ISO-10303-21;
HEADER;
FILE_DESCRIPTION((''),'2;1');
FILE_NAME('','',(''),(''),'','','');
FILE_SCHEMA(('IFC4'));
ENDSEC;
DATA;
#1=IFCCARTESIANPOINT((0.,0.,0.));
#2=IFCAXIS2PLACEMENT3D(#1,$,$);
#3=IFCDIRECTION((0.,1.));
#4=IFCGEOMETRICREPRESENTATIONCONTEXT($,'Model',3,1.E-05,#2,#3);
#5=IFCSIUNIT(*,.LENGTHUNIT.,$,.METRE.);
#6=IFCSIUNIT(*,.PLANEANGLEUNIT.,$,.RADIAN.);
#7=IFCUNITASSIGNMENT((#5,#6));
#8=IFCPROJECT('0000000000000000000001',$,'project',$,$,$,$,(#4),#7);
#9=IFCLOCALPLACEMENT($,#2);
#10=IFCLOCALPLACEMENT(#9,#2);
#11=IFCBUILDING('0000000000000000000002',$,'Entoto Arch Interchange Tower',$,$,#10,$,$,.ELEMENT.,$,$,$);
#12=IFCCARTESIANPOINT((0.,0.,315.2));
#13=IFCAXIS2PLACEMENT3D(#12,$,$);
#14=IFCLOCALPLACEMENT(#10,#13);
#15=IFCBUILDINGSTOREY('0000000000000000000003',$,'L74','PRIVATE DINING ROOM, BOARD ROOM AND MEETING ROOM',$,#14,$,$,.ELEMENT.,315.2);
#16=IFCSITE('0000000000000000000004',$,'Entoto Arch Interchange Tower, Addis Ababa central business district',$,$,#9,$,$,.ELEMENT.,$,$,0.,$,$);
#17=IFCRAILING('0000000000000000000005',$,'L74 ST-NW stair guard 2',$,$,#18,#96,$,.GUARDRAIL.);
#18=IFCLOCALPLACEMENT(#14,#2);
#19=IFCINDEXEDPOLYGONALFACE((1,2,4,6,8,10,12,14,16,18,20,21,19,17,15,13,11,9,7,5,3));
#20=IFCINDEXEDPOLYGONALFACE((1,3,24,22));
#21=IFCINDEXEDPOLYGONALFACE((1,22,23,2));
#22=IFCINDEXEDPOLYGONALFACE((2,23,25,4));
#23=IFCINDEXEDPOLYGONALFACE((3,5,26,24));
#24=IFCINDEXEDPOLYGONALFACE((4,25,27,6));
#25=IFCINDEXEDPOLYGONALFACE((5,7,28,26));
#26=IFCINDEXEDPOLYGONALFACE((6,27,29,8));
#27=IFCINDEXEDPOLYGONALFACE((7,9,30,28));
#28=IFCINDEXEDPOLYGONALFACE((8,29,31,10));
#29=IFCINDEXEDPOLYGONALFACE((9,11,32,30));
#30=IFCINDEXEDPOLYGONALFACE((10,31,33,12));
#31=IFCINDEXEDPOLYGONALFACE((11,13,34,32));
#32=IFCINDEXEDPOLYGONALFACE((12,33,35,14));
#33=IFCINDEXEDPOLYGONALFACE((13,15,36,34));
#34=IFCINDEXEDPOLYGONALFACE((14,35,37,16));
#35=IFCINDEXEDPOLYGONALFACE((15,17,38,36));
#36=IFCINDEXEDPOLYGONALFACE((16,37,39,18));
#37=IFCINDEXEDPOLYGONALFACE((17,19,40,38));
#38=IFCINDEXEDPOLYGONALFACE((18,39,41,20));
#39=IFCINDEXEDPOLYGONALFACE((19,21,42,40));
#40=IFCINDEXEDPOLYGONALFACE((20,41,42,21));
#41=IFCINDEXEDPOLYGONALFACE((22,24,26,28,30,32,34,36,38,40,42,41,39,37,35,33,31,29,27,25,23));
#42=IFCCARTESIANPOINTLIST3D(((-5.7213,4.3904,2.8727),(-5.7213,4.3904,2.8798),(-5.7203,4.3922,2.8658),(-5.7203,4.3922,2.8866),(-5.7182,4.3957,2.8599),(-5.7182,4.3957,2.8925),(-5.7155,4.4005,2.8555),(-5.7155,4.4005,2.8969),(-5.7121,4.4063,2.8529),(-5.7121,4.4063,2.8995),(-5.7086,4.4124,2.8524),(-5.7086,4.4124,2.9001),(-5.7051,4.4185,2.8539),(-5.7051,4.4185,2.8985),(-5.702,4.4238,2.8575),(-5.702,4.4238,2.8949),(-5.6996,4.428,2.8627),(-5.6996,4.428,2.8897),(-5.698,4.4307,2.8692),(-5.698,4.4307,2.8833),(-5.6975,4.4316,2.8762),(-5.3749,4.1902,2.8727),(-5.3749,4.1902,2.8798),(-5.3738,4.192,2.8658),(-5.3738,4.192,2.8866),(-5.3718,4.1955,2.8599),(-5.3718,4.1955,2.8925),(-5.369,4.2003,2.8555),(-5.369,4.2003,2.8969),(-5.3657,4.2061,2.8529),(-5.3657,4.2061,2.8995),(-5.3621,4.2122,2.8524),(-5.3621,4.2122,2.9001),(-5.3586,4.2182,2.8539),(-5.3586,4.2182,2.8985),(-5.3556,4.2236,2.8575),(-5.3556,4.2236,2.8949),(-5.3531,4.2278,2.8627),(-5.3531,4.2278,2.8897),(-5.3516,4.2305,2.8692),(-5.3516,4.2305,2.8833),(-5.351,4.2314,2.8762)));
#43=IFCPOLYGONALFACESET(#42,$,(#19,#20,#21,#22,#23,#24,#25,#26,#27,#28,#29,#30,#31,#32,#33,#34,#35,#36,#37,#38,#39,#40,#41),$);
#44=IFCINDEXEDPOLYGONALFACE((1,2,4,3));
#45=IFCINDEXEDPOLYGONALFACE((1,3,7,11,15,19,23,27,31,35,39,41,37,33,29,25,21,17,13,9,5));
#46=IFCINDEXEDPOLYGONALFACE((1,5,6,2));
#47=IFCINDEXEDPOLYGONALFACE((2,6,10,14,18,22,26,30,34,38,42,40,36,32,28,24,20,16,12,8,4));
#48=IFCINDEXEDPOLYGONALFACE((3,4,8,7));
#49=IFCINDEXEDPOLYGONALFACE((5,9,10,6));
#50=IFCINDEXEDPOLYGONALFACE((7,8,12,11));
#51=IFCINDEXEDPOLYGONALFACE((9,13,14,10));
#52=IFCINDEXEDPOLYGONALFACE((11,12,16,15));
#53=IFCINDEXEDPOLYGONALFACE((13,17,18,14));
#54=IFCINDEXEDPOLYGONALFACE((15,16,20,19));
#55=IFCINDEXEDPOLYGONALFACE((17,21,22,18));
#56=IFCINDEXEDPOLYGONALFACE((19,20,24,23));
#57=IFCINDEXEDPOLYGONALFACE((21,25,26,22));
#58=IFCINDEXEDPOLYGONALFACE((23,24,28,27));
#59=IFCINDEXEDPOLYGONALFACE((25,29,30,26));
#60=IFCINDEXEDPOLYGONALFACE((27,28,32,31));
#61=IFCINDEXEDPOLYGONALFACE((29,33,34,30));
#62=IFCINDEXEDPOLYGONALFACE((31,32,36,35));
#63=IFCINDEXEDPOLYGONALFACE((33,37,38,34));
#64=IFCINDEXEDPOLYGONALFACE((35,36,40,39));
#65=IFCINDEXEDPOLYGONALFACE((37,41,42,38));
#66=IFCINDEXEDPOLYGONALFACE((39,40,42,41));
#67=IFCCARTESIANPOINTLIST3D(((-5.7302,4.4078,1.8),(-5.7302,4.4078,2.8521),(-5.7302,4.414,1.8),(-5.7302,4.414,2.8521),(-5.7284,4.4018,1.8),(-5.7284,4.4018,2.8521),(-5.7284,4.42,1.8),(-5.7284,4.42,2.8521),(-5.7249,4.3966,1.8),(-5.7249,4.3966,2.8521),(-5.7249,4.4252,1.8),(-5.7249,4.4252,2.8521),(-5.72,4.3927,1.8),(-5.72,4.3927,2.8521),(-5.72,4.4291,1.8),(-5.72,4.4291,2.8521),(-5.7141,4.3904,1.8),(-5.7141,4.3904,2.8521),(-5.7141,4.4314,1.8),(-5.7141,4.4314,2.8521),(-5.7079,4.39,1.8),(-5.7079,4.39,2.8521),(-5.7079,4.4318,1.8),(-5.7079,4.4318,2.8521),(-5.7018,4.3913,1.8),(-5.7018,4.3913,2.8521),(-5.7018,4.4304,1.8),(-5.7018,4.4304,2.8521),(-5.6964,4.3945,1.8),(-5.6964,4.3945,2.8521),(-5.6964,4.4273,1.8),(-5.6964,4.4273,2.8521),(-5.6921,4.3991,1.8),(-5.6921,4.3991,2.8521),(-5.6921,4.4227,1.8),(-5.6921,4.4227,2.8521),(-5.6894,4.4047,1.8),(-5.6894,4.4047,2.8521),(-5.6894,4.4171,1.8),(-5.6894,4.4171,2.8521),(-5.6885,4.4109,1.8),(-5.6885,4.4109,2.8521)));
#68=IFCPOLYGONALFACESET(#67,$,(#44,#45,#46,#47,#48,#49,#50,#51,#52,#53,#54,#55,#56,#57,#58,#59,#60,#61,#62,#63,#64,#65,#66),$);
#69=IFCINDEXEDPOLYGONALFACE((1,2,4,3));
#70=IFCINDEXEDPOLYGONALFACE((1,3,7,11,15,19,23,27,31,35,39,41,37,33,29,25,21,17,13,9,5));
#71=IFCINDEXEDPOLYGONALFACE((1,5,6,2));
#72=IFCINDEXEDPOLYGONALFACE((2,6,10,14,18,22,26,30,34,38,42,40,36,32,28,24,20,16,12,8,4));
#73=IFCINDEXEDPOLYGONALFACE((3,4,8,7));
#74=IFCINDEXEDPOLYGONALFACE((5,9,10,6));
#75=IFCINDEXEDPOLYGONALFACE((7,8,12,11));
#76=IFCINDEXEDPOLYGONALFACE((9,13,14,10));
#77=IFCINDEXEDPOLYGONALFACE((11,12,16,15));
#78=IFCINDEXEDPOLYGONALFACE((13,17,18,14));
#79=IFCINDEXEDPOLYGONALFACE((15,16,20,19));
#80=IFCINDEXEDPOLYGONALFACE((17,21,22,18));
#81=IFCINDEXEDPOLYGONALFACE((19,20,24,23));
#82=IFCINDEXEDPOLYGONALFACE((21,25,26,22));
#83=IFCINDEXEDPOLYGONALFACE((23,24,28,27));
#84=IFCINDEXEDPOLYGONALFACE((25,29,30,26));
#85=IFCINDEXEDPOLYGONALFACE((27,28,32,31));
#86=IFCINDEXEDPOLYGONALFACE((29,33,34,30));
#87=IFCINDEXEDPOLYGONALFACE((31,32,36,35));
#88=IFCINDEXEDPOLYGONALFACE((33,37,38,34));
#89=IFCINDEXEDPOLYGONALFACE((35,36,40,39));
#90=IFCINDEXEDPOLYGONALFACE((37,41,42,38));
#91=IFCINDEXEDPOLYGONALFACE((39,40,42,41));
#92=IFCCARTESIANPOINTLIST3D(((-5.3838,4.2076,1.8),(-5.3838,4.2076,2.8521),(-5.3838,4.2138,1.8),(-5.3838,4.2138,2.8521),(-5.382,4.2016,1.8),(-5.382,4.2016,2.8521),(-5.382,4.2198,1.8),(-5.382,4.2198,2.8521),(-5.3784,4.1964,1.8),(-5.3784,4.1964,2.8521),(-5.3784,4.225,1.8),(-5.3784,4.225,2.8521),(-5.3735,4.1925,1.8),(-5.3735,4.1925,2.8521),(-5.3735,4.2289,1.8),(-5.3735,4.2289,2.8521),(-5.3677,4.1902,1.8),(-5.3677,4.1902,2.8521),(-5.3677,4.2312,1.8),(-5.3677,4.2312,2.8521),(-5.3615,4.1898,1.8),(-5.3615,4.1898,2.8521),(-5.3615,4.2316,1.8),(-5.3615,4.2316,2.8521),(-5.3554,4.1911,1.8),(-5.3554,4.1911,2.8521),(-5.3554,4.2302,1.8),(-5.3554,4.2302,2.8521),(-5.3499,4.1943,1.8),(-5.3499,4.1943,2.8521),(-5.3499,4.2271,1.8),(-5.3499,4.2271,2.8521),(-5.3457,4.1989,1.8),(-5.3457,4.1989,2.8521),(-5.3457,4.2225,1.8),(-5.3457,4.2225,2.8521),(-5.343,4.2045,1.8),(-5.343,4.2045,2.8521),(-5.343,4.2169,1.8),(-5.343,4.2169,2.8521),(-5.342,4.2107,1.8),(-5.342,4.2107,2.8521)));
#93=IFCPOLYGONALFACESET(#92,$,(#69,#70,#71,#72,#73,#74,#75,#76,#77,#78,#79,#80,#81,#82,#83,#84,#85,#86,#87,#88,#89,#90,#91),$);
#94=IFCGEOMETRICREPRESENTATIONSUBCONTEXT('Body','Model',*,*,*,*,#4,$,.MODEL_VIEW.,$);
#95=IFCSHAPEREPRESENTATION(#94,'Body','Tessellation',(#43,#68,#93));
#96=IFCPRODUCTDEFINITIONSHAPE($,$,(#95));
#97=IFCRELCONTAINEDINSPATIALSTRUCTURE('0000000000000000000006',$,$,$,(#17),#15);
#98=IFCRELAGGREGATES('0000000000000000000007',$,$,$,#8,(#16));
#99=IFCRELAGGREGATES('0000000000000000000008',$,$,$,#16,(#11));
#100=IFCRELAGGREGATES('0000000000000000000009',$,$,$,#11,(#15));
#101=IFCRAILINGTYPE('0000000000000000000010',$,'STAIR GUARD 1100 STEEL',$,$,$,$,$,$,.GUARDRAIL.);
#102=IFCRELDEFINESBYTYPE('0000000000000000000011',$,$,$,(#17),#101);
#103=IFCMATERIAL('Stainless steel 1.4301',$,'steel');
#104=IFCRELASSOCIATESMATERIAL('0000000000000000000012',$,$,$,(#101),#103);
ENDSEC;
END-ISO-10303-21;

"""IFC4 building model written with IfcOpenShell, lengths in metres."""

from ifc_helpers import new_model, si_unit, direction, frame, origin, origin_2d, place, context, subcontext, project, spatial, circle, extrude, material, type_object, element, save


model = new_model("IFC4")

# Units and contexts
model_context = context("Model", 3, precision=1e-05, world=origin(), true_north=direction((0.0, 1.0)))
body_context = subcontext(model_context, "Body", "Model", "MODEL_VIEW")
ifc_project = project(units=[si_unit("LENGTHUNIT", "METRE"), si_unit("PLANEANGLEUNIT", "RADIAN")], contexts=[model_context])

# Site, building, storey
site_placement = place(None, origin())
site = spatial("IfcSite", under=ifc_project, at=site_placement, Name="Entoto Arch Interchange Tower, Addis Ababa central business district", CompositionType="ELEMENT", RefElevation=0.0)
building_placement = place(site_placement, origin())
building = spatial("IfcBuilding", under=site, at=building_placement, Name="Entoto Arch Interchange Tower", CompositionType="ELEMENT")
storey_placement = place(building_placement, frame((0.0, 0.0, 315.2)))
storey = spatial("IfcBuildingStorey", under=building, at=storey_placement, Name="L74", Description="PRIVATE DINING ROOM, BOARD ROOM AND MEETING ROOM", CompositionType="ELEMENT", Elevation=315.2)

# Railing
ifc_material_1 = material(Name="Stainless steel 1.4301", Category="steel")
railing_type = type_object("IfcRailingType", Name="STAIR GUARD 1100 STEEL", PredefinedType="GUARDRAIL", material=ifc_material_1)
railing_placement = place(storey_placement, frame((-5.7095, 4.4109, 1.8)))
element("IfcRailing", 1, at=railing_placement, inside=storey, type_object=railing_type, Name="L74 ST-NW stair guard 2", PredefinedType="GUARDRAIL", context=body_context, shape_type="SweptSolid", body=[
    extrude(circle(Radius=0.0239, at=origin_2d()), frame((0.0, 0.0, 1.0762), z_axis=(0.86583, -0.500339, 0.0), x_axis=(0.500339, 0.86583, 0.0)), (0.0, 0.0, 1.0), 0.4001),
    extrude(circle(Radius=0.021, at=origin_2d()), origin(), (0.0, 0.0, 1.0), 1.052),
    extrude(circle(Radius=0.021, at=origin_2d()), frame((0.3464, -0.2002, 0.0)), (0.0, 0.0, 1.0), 1.052),
])

save(model, "model.ifc")
